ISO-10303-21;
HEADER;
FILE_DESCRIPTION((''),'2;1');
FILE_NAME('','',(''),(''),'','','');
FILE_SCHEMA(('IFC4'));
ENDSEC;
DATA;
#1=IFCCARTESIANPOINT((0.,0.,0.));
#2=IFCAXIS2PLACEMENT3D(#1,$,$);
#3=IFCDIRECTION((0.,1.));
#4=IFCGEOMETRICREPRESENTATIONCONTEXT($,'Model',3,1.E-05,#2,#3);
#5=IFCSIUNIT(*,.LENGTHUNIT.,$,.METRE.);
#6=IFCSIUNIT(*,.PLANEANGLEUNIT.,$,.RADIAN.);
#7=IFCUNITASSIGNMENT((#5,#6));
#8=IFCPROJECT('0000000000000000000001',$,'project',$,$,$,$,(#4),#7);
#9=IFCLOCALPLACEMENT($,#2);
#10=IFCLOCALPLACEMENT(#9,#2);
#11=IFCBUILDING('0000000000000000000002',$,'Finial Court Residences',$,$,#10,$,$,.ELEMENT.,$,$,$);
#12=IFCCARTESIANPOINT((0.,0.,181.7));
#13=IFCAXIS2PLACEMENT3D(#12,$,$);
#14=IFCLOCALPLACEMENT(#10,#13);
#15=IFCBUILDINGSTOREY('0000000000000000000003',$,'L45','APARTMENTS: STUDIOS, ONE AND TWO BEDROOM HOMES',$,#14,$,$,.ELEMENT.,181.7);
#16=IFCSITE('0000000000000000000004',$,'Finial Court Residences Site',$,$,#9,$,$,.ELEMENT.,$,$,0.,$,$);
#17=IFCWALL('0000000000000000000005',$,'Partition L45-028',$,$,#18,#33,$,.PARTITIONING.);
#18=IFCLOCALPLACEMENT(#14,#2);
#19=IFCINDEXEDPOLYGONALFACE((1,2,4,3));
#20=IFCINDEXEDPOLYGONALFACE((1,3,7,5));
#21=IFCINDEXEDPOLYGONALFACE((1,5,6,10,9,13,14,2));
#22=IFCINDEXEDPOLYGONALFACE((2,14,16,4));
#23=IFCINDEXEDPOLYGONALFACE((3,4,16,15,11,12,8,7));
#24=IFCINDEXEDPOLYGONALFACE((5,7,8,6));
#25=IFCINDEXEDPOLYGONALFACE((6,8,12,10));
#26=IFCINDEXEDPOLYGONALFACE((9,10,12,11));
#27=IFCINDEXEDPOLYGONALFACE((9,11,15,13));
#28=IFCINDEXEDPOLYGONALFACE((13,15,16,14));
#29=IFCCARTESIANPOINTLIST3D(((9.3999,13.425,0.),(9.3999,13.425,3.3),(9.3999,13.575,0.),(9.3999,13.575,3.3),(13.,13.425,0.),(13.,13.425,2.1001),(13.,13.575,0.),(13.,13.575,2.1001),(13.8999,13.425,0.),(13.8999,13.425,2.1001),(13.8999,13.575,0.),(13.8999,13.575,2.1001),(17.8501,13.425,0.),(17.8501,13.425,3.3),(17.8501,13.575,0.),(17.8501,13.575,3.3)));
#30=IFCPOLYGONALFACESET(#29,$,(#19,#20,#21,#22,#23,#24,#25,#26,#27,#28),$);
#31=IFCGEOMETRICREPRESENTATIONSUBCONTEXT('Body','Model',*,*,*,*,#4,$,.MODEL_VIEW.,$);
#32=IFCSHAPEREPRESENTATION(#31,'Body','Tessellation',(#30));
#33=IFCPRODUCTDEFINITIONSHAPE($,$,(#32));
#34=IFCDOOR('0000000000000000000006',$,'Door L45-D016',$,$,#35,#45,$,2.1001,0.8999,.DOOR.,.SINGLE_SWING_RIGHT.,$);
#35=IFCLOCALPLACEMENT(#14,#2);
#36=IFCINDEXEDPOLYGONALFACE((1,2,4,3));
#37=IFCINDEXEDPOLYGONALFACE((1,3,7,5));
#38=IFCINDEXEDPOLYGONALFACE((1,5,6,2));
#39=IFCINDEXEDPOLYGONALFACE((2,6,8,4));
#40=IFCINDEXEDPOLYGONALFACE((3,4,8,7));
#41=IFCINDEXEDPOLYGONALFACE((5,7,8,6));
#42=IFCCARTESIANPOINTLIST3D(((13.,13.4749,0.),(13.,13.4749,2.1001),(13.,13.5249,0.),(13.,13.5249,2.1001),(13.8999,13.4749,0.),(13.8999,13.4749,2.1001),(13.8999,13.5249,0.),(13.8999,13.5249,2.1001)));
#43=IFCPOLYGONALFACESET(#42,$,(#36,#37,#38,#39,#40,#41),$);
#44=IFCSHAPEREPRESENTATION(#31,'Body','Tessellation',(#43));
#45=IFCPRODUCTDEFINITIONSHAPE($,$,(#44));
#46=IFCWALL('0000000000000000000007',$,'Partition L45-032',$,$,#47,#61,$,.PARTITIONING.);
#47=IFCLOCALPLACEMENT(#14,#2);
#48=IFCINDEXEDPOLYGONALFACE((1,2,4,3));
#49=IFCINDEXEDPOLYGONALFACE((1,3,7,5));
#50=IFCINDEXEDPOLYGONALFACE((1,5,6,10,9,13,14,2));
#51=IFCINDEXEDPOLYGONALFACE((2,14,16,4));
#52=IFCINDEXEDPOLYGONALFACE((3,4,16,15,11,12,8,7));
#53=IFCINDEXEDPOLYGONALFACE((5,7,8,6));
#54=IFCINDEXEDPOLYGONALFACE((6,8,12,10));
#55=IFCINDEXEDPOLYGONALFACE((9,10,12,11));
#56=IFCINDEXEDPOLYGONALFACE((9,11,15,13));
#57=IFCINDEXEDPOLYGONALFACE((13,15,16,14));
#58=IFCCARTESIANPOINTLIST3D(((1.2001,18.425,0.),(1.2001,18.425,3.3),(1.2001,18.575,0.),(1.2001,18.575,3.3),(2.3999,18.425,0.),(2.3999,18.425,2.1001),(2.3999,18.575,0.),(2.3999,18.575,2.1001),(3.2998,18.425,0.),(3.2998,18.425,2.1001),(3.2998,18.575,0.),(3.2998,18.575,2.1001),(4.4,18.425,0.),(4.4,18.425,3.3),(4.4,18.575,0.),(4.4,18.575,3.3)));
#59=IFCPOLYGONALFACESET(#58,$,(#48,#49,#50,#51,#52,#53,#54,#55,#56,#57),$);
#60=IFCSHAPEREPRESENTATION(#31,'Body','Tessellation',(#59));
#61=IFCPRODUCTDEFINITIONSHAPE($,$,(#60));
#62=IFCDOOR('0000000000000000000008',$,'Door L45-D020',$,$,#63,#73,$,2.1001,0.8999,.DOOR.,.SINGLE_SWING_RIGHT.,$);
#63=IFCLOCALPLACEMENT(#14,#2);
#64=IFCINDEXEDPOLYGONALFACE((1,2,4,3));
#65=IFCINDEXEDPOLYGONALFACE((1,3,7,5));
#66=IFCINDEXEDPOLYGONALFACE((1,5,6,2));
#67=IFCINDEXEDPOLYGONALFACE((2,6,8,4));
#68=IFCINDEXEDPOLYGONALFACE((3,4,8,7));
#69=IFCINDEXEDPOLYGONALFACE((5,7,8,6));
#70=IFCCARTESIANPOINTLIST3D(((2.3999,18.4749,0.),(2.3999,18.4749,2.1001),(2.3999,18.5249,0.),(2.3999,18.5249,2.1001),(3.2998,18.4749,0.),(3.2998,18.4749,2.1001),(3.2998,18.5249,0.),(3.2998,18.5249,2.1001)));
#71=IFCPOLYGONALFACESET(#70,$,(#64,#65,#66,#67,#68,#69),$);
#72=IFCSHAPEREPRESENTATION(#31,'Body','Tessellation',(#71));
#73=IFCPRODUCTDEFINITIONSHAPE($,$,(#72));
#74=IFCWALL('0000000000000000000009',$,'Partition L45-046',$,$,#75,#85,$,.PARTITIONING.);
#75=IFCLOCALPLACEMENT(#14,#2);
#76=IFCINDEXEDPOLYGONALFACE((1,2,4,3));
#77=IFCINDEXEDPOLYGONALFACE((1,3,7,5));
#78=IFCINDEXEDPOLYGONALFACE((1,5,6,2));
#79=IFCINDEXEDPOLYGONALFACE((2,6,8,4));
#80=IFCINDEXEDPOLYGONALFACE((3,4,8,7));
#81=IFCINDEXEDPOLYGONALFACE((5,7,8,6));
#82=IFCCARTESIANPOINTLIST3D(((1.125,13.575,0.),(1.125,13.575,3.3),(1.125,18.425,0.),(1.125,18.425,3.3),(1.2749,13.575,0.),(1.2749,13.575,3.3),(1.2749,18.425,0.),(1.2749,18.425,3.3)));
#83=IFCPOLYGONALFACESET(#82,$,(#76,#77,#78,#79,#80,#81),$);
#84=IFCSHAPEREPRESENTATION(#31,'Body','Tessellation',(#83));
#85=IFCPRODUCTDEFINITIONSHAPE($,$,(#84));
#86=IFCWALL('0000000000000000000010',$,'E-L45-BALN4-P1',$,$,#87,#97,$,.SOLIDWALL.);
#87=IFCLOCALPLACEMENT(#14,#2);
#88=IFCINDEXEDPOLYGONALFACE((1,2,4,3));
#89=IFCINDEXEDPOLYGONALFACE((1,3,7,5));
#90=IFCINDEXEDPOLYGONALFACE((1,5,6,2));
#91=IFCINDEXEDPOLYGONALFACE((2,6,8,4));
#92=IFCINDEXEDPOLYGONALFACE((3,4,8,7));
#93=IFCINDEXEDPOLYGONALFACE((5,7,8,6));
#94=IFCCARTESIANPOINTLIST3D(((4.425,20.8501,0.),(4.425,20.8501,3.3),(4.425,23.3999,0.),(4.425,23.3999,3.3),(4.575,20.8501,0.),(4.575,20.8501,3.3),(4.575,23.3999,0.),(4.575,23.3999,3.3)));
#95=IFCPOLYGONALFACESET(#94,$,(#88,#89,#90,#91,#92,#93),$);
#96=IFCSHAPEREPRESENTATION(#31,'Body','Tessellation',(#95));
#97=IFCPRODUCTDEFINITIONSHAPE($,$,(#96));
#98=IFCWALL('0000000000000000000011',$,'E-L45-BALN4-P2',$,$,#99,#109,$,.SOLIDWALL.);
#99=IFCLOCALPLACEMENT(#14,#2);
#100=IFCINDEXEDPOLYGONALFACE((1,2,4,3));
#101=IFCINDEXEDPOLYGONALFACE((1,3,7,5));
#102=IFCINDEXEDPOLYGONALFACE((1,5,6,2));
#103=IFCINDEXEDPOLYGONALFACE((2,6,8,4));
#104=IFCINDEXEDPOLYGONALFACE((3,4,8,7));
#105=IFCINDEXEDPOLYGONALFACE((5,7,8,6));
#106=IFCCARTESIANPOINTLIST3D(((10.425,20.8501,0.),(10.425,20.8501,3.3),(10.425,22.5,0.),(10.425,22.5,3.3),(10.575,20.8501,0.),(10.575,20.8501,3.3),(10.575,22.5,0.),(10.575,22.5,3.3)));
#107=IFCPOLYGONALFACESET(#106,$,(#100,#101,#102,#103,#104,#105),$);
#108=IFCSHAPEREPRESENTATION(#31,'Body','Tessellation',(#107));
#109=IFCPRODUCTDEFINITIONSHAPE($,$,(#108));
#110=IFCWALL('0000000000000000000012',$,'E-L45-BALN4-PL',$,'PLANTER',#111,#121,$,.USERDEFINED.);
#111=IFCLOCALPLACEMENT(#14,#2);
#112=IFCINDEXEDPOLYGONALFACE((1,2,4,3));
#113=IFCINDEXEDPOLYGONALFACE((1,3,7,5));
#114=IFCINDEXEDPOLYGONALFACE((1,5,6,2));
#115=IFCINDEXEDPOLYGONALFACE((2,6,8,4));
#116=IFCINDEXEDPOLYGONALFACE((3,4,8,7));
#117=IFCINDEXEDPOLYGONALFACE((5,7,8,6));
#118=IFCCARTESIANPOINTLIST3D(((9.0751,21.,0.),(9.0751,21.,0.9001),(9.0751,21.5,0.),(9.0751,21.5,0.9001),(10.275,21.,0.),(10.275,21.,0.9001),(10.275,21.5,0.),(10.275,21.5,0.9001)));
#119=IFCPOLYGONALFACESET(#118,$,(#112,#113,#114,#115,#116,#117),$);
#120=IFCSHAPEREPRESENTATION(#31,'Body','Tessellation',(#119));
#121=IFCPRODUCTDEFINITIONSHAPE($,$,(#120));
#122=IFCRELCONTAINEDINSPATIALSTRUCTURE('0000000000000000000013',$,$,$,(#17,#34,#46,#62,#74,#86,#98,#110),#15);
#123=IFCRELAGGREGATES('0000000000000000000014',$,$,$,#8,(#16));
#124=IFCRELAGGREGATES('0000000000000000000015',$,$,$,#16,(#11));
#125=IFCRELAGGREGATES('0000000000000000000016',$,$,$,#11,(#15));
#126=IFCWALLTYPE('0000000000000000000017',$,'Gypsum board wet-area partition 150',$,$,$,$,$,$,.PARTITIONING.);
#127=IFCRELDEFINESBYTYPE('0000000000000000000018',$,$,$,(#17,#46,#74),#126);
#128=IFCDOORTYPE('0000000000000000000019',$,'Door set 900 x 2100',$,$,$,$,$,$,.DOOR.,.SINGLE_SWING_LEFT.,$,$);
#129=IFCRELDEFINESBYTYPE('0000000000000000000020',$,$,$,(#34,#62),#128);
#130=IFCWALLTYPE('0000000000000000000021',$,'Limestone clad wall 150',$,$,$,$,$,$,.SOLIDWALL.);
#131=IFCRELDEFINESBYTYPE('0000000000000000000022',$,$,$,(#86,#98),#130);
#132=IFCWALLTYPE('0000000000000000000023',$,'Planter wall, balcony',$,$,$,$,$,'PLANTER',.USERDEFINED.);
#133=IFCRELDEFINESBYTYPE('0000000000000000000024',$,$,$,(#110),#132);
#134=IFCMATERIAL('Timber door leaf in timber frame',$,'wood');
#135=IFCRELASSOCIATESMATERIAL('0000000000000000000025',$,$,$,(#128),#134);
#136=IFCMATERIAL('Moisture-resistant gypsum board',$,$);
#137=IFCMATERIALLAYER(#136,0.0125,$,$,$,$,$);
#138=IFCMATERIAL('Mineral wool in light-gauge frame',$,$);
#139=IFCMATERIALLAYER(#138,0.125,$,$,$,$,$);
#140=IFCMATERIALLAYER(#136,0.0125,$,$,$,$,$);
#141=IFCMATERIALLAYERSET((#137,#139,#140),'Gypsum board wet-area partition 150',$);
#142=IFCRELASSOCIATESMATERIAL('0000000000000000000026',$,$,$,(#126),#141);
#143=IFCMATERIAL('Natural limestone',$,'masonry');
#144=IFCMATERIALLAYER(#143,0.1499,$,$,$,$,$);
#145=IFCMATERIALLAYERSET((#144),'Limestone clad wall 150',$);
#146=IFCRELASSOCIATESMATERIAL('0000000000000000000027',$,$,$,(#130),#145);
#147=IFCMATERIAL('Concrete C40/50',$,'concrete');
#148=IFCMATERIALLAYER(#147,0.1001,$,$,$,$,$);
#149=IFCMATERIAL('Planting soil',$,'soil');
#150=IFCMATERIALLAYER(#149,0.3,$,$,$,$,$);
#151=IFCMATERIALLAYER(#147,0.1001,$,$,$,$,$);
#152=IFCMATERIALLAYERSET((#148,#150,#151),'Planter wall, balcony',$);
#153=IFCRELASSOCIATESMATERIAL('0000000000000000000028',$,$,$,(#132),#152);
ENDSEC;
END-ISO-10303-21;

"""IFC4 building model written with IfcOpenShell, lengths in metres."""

from ifc_helpers import new_model, si_unit, direction, frame, frame_2d, origin, place, context, subcontext, project, spatial, rectangle, extrude, material, layer, layer_set, type_object, element, fill, save


model = new_model("IFC4")

# Units and contexts
model_context = context("Model", 3, precision=1e-05, world=origin(), true_north=direction((0.0, 1.0)))
body_context = subcontext(model_context, "Body", "Model", "MODEL_VIEW")
ifc_project = project(units=[si_unit("LENGTHUNIT", "METRE"), si_unit("PLANEANGLEUNIT", "RADIAN")], contexts=[model_context])

# Site, building, storey
site_placement = place(None, origin())
site = spatial("IfcSite", under=ifc_project, at=site_placement, Name="Finial Court Residences Site", CompositionType="ELEMENT", RefElevation=0.0)
building_placement = place(site_placement, origin())
building = spatial("IfcBuilding", under=site, at=building_placement, Name="Finial Court Residences", CompositionType="ELEMENT")
storey_placement = place(building_placement, frame((0.0, 0.0, 181.7)))
storey = spatial("IfcBuildingStorey", under=building, at=storey_placement, Name="L45", Description="APARTMENTS: STUDIOS, ONE AND TWO BEDROOM HOMES", CompositionType="ELEMENT", Elevation=181.7)

# Shared definitions
ifc_material_1 = material(Name="Mineral wool in light-gauge frame")
ifc_material_2 = material(Name="Timber door leaf in timber frame", Category="wood")
door_type_1 = type_object("IfcDoorType", Name="Door set 900 x 2100", OperationType="SINGLE_SWING_LEFT", PredefinedType="DOOR", material=ifc_material_2)

# Walls, openings, doors
ifc_material_3 = material(Name="Moisture-resistant gypsum board")
ifc_layer_1 = layer(ifc_material_3, 0.0125)
ifc_layer_2 = layer(ifc_material_1, 0.125)
ifc_layer_3 = layer(ifc_material_3, 0.0125)
ifc_layer_set_1 = layer_set([ifc_layer_1, ifc_layer_2, ifc_layer_3], Name="Gypsum board wet-area partition 150")
wall_type_1 = type_object("IfcWallType", Name="Gypsum board wet-area partition 150", PredefinedType="PARTITIONING", material=ifc_layer_set_1)
wall_1_placement = place(storey_placement, frame((9.3999, 13.5, 0.0), z_axis=(0.0, 0.0, 1.0), x_axis=(1.0, 0.0, 0.0)))
wall_1 = element("IfcWall", 1, at=wall_1_placement, inside=storey, type_object=wall_type_1, Name="Partition L45-028", PredefinedType="PARTITIONING", context=body_context, shape_type="SweptSolid", body=[
    extrude(rectangle(XDim=8.4502, YDim=0.1499, at=frame_2d((4.2251, 0.0))), origin(), (0.0, 0.0, 1.0), 3.3),
])
opening_1_placement = place(wall_1_placement, frame((3.6001, 0.0, 0.0)))
opening_1 = element("IfcOpeningElement", 2, at=opening_1_placement, cuts=wall_1, PredefinedType="OPENING", context=body_context, shape_type="SweptSolid", body=[
    extrude(rectangle(XDim=0.8999, YDim=2.1001, at=frame_2d((0.45, 1.05))), frame((0.0, 0.085, 0.0), z_axis=(0.0, -1.0, 0.0), x_axis=(1.0, 0.0, 0.0)), (0.0, 0.0, 1.0), 0.1699),
])
door_1_placement = place(opening_1_placement, origin())
door_1 = element("IfcDoor", 3, at=door_1_placement, inside=storey, type_object=door_type_1, Name="Door L45-D016", OperationType="SINGLE_SWING_RIGHT", OverallHeight=2.1001, OverallWidth=0.8999, PredefinedType="DOOR", context=body_context, shape_type="SweptSolid", body=[
    extrude(rectangle(XDim=0.8999, YDim=2.1001, at=frame_2d((0.45, 1.05))), frame((0.0, 0.0249, 0.0), z_axis=(0.0, -1.0, 0.0), x_axis=(1.0, 0.0, 0.0)), (0.0, 0.0, 1.0), 0.05),
])
fill(opening_1, door_1)
wall_2_placement = place(storey_placement, frame((1.2, 18.5, 0.0), z_axis=(0.0, 0.0, 1.0), x_axis=(1.0, 0.0, 0.0)))
wall_2 = element("IfcWall", 4, at=wall_2_placement, inside=storey, type_object=wall_type_1, Name="Partition L45-032", PredefinedType="PARTITIONING", context=body_context, shape_type="SweptSolid", body=[
    extrude(rectangle(XDim=3.2, YDim=0.1499, at=frame_2d((1.6001, 0.0))), origin(), (0.0, 0.0, 1.0), 3.3),
])
opening_2_placement = place(wall_2_placement, frame((1.2, 0.0, 0.0)))
opening_2 = element("IfcOpeningElement", 5, at=opening_2_placement, cuts=wall_2, PredefinedType="OPENING", context=body_context, shape_type="SweptSolid", body=[
    extrude(rectangle(XDim=0.8999, YDim=2.1001, at=frame_2d((0.45, 1.05))), frame((0.0, 0.085, 0.0), z_axis=(0.0, -1.0, 0.0), x_axis=(1.0, 0.0, 0.0)), (0.0, 0.0, 1.0), 0.1699),
])
door_2_placement = place(opening_2_placement, origin())
door_2 = element("IfcDoor", 6, at=door_2_placement, inside=storey, type_object=door_type_1, Name="Door L45-D020", OperationType="SINGLE_SWING_RIGHT", OverallHeight=2.1001, OverallWidth=0.8999, PredefinedType="DOOR", context=body_context, shape_type="SweptSolid", body=[
    extrude(rectangle(XDim=0.8999, YDim=2.1001, at=frame_2d((0.45, 1.05))), frame((0.0, 0.0249, 0.0), z_axis=(0.0, -1.0, 0.0), x_axis=(1.0, 0.0, 0.0)), (0.0, 0.0, 1.0), 0.05),
])
fill(opening_2, door_2)

# Walls
wall_3_placement = place(storey_placement, frame((1.2, 13.575, 0.0), z_axis=(0.0, 0.0, 1.0), x_axis=(0.0, 1.0, 0.0)))
element("IfcWall", 7, at=wall_3_placement, inside=storey, type_object=wall_type_1, Name="Partition L45-046", PredefinedType="PARTITIONING", context=body_context, shape_type="SweptSolid", body=[
    extrude(rectangle(XDim=4.8501, YDim=0.1499, at=frame_2d((2.425, 0.0))), origin(), (0.0, 0.0, 1.0), 3.3),
])
ifc_material_4 = material(Name="Natural limestone", Category="masonry")
ifc_layer_4 = layer(ifc_material_4, 0.1499)
ifc_layer_set_2 = layer_set([ifc_layer_4], Name="Limestone clad wall 150")
wall_type_2 = type_object("IfcWallType", Name="Limestone clad wall 150", PredefinedType="SOLIDWALL", material=ifc_layer_set_2)
wall_4_placement = place(storey_placement, frame((4.5, 20.8501, 0.0), z_axis=(0.0, 0.0, 1.0), x_axis=(0.0, 1.0, 0.0)))
element("IfcWall", 8, at=wall_4_placement, inside=storey, type_object=wall_type_2, Name="E-L45-BALN4-P1", PredefinedType="SOLIDWALL", context=body_context, shape_type="SweptSolid", body=[
    extrude(rectangle(XDim=2.5498, YDim=0.1499, at=frame_2d((1.2749, 0.0))), origin(), (0.0, 0.0, 1.0), 3.3),
])
wall_5_placement = place(storey_placement, frame((10.5, 20.8501, 0.0), z_axis=(0.0, 0.0, 1.0), x_axis=(0.0, 1.0, 0.0)))
element("IfcWall", 9, at=wall_5_placement, inside=storey, type_object=wall_type_2, Name="E-L45-BALN4-P2", PredefinedType="SOLIDWALL", context=body_context, shape_type="SweptSolid", body=[
    extrude(rectangle(XDim=1.6499, YDim=0.1499, at=frame_2d((0.825, 0.0))), origin(), (0.0, 0.0, 1.0), 3.3),
])

# Wall
ifc_material_5 = material(Name="Concrete C40/50", Category="concrete")
ifc_layer_5 = layer(ifc_material_5, 0.1001)
ifc_material_6 = material(Name="Planting soil", Category="soil")
ifc_layer_6 = layer(ifc_material_6, 0.3)
ifc_layer_7 = layer(ifc_material_5, 0.1001)
ifc_layer_set_3 = layer_set([ifc_layer_5, ifc_layer_6, ifc_layer_7], Name="Planter wall, balcony")
wall_type_3 = type_object("IfcWallType", Name="Planter wall, balcony", ElementType="PLANTER", PredefinedType="USERDEFINED", material=ifc_layer_set_3)
wall_6_placement = place(storey_placement, frame((9.075, 21.25, 0.0), z_axis=(0.0, 0.0, 1.0), x_axis=(1.0, 0.0, 0.0)))
element("IfcWall", 10, at=wall_6_placement, inside=storey, type_object=wall_type_3, Name="E-L45-BALN4-PL", ObjectType="PLANTER", PredefinedType="USERDEFINED", context=body_context, shape_type="SweptSolid", body=[
    extrude(rectangle(XDim=1.2, YDim=0.5, at=frame_2d((0.6001, 0.0))), origin(), (0.0, 0.0, 1.0), 0.9001),
])

save(model, "model.ifc")
